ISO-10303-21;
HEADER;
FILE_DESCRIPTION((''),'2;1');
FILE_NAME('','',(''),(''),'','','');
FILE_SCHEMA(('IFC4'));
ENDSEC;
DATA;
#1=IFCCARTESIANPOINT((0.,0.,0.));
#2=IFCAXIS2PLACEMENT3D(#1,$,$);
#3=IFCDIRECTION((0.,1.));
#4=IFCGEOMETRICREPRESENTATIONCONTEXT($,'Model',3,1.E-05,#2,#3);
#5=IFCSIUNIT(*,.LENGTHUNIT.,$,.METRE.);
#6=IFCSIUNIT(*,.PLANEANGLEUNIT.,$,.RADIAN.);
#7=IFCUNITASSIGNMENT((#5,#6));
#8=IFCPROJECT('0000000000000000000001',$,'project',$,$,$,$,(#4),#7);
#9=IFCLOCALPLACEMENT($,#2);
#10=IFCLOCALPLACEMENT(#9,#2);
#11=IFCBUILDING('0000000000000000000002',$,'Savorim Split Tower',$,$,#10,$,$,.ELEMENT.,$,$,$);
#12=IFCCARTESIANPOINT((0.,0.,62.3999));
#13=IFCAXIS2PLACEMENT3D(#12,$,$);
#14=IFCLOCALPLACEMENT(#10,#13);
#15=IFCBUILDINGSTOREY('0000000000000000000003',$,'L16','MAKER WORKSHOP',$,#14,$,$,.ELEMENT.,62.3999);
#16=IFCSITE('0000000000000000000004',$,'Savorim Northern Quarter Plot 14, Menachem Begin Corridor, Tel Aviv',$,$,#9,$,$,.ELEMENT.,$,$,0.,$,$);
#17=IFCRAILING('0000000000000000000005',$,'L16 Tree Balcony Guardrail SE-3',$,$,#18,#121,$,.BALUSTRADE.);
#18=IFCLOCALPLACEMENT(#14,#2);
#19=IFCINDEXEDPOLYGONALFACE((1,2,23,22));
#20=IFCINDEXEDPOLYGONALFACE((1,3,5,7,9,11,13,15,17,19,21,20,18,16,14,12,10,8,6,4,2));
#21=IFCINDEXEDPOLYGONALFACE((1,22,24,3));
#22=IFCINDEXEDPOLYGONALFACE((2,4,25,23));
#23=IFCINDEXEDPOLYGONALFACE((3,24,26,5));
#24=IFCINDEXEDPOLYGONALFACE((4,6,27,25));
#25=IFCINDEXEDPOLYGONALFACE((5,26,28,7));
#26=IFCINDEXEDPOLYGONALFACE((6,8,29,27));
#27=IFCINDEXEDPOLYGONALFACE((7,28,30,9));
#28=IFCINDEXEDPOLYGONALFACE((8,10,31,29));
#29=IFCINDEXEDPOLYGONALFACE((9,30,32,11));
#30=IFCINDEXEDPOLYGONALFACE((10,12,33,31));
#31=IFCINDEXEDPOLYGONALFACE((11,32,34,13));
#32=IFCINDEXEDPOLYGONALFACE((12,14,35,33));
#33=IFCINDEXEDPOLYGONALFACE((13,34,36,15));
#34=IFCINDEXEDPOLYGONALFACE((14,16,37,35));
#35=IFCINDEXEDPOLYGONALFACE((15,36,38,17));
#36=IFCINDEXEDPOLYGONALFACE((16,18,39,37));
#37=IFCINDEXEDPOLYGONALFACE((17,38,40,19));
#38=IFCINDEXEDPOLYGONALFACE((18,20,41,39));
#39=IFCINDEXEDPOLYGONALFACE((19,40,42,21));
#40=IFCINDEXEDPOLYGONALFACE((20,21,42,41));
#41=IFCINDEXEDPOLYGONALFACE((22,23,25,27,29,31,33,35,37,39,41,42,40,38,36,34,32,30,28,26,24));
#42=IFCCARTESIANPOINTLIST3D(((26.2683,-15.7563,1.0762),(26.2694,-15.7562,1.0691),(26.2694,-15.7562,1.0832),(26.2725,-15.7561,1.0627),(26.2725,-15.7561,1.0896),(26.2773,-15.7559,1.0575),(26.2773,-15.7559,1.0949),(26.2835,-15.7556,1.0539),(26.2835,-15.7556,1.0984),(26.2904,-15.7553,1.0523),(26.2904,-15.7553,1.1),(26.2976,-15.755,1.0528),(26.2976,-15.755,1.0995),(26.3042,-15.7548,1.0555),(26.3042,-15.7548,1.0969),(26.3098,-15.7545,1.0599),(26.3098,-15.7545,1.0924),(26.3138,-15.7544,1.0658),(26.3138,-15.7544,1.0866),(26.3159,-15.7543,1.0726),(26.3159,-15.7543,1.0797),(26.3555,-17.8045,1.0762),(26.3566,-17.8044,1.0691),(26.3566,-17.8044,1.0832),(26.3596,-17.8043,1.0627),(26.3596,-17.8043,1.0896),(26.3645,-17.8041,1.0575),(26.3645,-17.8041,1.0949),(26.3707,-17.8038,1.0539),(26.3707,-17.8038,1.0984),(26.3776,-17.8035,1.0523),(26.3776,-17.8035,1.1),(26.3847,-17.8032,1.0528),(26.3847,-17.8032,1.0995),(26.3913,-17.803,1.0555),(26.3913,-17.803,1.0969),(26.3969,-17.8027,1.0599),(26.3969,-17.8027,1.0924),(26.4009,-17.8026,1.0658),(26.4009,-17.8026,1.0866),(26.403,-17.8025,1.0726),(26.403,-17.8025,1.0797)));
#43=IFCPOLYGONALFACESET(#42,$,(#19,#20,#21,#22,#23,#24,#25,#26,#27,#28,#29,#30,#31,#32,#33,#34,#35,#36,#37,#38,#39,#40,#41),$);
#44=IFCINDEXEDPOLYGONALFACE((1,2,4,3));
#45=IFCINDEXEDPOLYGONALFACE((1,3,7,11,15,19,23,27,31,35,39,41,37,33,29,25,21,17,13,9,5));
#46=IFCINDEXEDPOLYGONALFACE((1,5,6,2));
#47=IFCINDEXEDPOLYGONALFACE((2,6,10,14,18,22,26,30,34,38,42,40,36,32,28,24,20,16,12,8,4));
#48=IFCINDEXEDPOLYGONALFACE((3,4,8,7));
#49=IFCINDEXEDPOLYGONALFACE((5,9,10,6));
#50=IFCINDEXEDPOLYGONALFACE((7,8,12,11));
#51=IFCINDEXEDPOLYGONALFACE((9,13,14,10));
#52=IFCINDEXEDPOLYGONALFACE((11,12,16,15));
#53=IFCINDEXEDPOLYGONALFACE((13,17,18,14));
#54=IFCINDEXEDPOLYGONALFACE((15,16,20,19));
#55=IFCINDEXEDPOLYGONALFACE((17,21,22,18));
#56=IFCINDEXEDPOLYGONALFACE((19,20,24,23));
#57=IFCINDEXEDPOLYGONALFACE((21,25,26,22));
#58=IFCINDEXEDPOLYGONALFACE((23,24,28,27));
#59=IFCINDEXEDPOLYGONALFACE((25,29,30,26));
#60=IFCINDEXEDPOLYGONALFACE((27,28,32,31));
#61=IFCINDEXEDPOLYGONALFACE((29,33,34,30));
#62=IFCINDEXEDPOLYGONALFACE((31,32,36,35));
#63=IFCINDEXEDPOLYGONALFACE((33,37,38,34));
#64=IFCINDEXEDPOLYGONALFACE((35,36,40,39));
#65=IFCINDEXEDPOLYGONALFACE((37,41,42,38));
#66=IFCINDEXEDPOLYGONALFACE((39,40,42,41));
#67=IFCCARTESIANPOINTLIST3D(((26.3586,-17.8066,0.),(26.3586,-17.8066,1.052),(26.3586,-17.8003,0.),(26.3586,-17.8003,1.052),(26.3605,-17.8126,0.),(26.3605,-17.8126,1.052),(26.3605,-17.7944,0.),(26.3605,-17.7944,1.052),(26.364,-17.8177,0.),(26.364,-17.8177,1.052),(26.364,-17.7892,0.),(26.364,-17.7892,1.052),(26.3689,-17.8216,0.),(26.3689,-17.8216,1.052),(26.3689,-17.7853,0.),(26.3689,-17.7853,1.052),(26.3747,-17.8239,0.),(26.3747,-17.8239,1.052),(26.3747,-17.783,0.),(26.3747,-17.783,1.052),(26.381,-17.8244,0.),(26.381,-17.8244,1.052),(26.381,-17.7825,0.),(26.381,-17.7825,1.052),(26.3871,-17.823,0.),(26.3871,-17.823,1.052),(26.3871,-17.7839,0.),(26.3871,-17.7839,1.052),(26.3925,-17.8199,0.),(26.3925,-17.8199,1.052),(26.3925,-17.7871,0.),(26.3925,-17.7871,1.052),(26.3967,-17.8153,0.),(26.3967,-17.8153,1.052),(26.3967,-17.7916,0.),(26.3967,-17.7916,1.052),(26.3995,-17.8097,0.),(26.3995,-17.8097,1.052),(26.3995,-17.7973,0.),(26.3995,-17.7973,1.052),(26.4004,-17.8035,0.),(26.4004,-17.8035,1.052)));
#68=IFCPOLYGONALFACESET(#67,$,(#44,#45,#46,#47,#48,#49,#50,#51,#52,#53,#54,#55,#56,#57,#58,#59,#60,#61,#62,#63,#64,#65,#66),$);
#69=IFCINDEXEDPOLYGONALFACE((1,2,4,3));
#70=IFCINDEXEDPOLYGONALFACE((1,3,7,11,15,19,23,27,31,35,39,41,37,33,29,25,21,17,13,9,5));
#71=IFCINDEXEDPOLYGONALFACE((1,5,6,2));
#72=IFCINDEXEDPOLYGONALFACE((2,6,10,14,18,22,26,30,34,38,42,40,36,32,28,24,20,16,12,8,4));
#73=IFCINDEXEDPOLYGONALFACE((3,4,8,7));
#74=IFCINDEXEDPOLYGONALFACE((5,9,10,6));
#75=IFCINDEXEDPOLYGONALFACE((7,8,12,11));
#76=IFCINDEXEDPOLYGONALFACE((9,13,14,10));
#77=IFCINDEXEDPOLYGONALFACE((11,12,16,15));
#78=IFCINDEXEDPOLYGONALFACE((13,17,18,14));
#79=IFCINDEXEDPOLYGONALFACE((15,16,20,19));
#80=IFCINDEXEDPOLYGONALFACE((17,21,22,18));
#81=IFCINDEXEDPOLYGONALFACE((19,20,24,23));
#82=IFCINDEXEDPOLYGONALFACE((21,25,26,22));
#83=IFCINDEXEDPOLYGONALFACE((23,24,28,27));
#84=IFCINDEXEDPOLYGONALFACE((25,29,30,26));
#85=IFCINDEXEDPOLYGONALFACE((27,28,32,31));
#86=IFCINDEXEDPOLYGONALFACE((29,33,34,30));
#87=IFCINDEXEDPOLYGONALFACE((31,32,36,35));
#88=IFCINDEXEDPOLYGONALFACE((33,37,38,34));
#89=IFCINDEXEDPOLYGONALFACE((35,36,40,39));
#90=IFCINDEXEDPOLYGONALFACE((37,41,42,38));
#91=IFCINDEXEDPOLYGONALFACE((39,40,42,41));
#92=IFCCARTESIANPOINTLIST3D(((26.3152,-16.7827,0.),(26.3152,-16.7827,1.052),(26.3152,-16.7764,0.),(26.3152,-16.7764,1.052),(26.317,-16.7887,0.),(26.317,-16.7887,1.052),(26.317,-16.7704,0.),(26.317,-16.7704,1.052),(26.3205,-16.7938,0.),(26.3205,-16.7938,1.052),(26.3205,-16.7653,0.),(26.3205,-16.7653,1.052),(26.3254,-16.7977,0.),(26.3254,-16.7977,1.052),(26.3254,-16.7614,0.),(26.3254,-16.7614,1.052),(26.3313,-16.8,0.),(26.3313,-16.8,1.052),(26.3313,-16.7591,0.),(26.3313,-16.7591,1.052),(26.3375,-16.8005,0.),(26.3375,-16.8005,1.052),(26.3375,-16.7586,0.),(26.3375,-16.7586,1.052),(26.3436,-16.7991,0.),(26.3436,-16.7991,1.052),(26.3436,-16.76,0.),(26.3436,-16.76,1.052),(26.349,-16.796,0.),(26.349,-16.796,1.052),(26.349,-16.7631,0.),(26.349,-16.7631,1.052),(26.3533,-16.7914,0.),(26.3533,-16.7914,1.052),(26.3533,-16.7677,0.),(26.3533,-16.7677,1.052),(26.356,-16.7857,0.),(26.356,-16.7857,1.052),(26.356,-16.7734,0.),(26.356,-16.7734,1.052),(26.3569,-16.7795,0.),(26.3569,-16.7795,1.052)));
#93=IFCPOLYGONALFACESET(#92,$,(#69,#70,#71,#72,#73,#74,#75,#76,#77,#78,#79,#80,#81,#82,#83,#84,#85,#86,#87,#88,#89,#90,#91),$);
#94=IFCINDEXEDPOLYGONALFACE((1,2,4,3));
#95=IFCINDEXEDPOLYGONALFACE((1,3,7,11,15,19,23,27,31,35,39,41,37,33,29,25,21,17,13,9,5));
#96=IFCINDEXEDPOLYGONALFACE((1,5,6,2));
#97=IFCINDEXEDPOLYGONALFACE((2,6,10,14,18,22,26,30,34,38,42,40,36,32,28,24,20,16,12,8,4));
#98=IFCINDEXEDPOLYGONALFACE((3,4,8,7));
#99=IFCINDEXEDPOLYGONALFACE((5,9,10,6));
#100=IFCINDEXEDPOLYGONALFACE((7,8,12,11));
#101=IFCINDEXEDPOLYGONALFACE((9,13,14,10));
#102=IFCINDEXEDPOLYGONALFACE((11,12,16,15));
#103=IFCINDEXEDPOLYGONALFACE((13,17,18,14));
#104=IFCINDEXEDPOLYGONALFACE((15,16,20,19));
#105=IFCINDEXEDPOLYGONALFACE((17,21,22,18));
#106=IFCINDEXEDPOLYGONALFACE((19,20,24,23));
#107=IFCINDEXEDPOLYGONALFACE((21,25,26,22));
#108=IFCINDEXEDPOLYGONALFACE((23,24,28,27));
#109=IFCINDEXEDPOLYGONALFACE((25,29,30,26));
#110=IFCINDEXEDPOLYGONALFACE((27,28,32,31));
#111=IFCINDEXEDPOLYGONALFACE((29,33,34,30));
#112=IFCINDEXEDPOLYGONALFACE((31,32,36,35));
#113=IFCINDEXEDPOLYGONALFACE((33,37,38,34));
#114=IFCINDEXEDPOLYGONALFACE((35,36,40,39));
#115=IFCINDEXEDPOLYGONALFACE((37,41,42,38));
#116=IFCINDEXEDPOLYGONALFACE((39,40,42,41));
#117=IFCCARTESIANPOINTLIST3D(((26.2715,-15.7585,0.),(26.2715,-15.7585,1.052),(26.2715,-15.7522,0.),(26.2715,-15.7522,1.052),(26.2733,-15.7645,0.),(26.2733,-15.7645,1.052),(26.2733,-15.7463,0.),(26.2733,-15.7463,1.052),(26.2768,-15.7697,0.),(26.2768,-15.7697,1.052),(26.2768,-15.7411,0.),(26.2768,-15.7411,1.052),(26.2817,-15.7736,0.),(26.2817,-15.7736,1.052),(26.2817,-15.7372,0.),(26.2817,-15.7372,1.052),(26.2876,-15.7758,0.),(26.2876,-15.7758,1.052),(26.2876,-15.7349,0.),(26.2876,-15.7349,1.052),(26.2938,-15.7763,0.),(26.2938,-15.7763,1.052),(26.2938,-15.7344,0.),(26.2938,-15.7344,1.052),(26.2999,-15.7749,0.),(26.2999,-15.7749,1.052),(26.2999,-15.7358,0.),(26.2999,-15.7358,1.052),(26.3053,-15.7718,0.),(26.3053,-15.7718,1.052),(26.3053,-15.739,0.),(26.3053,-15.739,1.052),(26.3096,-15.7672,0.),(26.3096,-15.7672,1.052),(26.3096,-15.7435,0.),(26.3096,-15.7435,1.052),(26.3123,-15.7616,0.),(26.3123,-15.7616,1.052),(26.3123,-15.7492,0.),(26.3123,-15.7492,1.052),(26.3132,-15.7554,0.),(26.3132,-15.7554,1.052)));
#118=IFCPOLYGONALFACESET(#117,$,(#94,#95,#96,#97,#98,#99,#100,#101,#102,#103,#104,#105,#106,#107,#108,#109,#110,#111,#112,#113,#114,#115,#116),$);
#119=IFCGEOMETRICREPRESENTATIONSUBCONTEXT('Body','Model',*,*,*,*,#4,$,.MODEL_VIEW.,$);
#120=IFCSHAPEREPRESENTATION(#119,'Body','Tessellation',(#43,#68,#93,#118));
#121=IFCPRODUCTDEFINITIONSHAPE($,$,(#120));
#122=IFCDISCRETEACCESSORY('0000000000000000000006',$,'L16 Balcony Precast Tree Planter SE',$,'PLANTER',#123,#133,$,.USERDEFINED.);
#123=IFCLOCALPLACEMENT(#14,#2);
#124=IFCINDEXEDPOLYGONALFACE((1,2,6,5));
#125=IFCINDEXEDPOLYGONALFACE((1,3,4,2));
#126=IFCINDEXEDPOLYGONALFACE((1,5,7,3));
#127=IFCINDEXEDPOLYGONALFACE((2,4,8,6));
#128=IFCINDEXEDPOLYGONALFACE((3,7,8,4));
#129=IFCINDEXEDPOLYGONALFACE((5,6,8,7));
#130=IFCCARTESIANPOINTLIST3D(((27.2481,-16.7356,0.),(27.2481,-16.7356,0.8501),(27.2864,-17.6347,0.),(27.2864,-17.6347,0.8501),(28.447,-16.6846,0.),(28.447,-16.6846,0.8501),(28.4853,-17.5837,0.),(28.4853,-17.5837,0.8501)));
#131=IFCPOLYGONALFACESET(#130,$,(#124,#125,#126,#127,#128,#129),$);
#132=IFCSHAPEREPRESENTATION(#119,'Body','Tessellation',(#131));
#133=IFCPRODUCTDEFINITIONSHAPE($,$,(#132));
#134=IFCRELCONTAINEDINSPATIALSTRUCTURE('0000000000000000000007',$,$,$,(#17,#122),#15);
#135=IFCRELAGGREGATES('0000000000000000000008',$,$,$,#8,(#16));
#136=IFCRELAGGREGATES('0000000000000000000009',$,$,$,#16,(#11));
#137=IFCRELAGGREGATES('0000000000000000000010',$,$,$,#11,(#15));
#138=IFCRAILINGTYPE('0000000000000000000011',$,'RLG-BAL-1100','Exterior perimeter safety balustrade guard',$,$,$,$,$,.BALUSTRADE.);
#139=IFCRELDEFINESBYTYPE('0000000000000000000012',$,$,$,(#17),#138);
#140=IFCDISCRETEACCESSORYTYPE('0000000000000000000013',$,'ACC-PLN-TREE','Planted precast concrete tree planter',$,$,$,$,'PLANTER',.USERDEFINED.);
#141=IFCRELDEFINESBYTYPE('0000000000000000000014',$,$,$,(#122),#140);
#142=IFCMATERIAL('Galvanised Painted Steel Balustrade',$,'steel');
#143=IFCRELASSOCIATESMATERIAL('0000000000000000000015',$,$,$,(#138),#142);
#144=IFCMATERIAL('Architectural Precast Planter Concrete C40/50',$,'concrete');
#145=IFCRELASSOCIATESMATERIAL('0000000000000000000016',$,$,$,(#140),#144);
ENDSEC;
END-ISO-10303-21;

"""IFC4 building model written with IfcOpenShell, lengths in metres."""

from ifc_helpers import new_model, si_unit, direction, frame, origin, origin_2d, place, context, subcontext, project, spatial, rectangle, circle, extrude, material, type_object, element, save


model = new_model("IFC4")

# Units and contexts
model_context = context("Model", 3, precision=1e-05, world=origin(), true_north=direction((0.0, 1.0)))
body_context = subcontext(model_context, "Body", "Model", "MODEL_VIEW")
ifc_project = project(units=[si_unit("LENGTHUNIT", "METRE"), si_unit("PLANEANGLEUNIT", "RADIAN")], contexts=[model_context])

# Site, building, storey
site_placement = place(None, origin())
site = spatial("IfcSite", under=ifc_project, at=site_placement, Name="Savorim Northern Quarter Plot 14, Menachem Begin Corridor, Tel Aviv", CompositionType="ELEMENT", RefElevation=0.0)
building_placement = place(site_placement, origin())
building = spatial("IfcBuilding", under=site, at=building_placement, Name="Savorim Split Tower", CompositionType="ELEMENT")
storey_placement = place(building_placement, frame((0.0, 0.0, 62.3999)))
storey = spatial("IfcBuildingStorey", under=building, at=storey_placement, Name="L16", Description="MAKER WORKSHOP", CompositionType="ELEMENT", Elevation=62.3999)

# Railing
ifc_material_1 = material(Name="Galvanised Painted Steel Balustrade", Category="steel")
railing_type = type_object("IfcRailingType", Name="RLG-BAL-1100", Description="Exterior perimeter safety balustrade guard", PredefinedType="BALUSTRADE", material=ifc_material_1)
railing_1_placement = place(storey_placement, frame((26.3794, -17.8035, 0.0)))
element("IfcRailing", 1, at=railing_1_placement, inside=storey, type_object=railing_type, Name="L16 Tree Balcony Guardrail SE-3", PredefinedType="BALUSTRADE", context=body_context, shape_type="SweptSolid", body=[
    extrude(circle(Radius=0.0239, at=origin_2d()), frame((0.0, 0.0, 1.0762), z_axis=(-0.042517, 0.999096, 0.0), x_axis=(-0.999096, -0.042517, 0.0)), (0.0, 0.0, 1.0), 2.05),
    extrude(circle(Radius=0.021, at=origin_2d()), origin(), (0.0, 0.0, 1.0), 1.052),
    extrude(circle(Radius=0.021, at=origin_2d()), frame((-0.0435, 1.0239, 0.0)), (0.0, 0.0, 1.0), 1.052),
    extrude(circle(Radius=0.021, at=origin_2d()), frame((-0.0872, 2.0481, 0.0)), (0.0, 0.0, 1.0), 1.052),
])

# Discrete accessory
ifc_material_2 = material(Name="Architectural Precast Planter Concrete C40/50", Category="concrete")
discrete_accessory_type = type_object("IfcDiscreteAccessoryType", Name="ACC-PLN-TREE", Description="Planted precast concrete tree planter", ElementType="PLANTER", PredefinedType="USERDEFINED", material=ifc_material_2)
discrete_accessory_placement = place(storey_placement, frame((27.8667, -17.1597, 0.0), z_axis=(0.0, 0.0, 1.0), x_axis=(0.999097, 0.042489, 0.0)))
element("IfcDiscreteAccessory", 2, at=discrete_accessory_placement, inside=storey, type_object=discrete_accessory_type, Name="L16 Balcony Precast Tree Planter SE", ObjectType="PLANTER", PredefinedType="USERDEFINED", context=body_context, shape_type="SweptSolid", body=[
    extrude(rectangle(XDim=1.2, YDim=0.8999, at=origin_2d()), origin(), (0.0, 0.0, 1.0), 0.8501),
])

save(model, "model.ifc")
